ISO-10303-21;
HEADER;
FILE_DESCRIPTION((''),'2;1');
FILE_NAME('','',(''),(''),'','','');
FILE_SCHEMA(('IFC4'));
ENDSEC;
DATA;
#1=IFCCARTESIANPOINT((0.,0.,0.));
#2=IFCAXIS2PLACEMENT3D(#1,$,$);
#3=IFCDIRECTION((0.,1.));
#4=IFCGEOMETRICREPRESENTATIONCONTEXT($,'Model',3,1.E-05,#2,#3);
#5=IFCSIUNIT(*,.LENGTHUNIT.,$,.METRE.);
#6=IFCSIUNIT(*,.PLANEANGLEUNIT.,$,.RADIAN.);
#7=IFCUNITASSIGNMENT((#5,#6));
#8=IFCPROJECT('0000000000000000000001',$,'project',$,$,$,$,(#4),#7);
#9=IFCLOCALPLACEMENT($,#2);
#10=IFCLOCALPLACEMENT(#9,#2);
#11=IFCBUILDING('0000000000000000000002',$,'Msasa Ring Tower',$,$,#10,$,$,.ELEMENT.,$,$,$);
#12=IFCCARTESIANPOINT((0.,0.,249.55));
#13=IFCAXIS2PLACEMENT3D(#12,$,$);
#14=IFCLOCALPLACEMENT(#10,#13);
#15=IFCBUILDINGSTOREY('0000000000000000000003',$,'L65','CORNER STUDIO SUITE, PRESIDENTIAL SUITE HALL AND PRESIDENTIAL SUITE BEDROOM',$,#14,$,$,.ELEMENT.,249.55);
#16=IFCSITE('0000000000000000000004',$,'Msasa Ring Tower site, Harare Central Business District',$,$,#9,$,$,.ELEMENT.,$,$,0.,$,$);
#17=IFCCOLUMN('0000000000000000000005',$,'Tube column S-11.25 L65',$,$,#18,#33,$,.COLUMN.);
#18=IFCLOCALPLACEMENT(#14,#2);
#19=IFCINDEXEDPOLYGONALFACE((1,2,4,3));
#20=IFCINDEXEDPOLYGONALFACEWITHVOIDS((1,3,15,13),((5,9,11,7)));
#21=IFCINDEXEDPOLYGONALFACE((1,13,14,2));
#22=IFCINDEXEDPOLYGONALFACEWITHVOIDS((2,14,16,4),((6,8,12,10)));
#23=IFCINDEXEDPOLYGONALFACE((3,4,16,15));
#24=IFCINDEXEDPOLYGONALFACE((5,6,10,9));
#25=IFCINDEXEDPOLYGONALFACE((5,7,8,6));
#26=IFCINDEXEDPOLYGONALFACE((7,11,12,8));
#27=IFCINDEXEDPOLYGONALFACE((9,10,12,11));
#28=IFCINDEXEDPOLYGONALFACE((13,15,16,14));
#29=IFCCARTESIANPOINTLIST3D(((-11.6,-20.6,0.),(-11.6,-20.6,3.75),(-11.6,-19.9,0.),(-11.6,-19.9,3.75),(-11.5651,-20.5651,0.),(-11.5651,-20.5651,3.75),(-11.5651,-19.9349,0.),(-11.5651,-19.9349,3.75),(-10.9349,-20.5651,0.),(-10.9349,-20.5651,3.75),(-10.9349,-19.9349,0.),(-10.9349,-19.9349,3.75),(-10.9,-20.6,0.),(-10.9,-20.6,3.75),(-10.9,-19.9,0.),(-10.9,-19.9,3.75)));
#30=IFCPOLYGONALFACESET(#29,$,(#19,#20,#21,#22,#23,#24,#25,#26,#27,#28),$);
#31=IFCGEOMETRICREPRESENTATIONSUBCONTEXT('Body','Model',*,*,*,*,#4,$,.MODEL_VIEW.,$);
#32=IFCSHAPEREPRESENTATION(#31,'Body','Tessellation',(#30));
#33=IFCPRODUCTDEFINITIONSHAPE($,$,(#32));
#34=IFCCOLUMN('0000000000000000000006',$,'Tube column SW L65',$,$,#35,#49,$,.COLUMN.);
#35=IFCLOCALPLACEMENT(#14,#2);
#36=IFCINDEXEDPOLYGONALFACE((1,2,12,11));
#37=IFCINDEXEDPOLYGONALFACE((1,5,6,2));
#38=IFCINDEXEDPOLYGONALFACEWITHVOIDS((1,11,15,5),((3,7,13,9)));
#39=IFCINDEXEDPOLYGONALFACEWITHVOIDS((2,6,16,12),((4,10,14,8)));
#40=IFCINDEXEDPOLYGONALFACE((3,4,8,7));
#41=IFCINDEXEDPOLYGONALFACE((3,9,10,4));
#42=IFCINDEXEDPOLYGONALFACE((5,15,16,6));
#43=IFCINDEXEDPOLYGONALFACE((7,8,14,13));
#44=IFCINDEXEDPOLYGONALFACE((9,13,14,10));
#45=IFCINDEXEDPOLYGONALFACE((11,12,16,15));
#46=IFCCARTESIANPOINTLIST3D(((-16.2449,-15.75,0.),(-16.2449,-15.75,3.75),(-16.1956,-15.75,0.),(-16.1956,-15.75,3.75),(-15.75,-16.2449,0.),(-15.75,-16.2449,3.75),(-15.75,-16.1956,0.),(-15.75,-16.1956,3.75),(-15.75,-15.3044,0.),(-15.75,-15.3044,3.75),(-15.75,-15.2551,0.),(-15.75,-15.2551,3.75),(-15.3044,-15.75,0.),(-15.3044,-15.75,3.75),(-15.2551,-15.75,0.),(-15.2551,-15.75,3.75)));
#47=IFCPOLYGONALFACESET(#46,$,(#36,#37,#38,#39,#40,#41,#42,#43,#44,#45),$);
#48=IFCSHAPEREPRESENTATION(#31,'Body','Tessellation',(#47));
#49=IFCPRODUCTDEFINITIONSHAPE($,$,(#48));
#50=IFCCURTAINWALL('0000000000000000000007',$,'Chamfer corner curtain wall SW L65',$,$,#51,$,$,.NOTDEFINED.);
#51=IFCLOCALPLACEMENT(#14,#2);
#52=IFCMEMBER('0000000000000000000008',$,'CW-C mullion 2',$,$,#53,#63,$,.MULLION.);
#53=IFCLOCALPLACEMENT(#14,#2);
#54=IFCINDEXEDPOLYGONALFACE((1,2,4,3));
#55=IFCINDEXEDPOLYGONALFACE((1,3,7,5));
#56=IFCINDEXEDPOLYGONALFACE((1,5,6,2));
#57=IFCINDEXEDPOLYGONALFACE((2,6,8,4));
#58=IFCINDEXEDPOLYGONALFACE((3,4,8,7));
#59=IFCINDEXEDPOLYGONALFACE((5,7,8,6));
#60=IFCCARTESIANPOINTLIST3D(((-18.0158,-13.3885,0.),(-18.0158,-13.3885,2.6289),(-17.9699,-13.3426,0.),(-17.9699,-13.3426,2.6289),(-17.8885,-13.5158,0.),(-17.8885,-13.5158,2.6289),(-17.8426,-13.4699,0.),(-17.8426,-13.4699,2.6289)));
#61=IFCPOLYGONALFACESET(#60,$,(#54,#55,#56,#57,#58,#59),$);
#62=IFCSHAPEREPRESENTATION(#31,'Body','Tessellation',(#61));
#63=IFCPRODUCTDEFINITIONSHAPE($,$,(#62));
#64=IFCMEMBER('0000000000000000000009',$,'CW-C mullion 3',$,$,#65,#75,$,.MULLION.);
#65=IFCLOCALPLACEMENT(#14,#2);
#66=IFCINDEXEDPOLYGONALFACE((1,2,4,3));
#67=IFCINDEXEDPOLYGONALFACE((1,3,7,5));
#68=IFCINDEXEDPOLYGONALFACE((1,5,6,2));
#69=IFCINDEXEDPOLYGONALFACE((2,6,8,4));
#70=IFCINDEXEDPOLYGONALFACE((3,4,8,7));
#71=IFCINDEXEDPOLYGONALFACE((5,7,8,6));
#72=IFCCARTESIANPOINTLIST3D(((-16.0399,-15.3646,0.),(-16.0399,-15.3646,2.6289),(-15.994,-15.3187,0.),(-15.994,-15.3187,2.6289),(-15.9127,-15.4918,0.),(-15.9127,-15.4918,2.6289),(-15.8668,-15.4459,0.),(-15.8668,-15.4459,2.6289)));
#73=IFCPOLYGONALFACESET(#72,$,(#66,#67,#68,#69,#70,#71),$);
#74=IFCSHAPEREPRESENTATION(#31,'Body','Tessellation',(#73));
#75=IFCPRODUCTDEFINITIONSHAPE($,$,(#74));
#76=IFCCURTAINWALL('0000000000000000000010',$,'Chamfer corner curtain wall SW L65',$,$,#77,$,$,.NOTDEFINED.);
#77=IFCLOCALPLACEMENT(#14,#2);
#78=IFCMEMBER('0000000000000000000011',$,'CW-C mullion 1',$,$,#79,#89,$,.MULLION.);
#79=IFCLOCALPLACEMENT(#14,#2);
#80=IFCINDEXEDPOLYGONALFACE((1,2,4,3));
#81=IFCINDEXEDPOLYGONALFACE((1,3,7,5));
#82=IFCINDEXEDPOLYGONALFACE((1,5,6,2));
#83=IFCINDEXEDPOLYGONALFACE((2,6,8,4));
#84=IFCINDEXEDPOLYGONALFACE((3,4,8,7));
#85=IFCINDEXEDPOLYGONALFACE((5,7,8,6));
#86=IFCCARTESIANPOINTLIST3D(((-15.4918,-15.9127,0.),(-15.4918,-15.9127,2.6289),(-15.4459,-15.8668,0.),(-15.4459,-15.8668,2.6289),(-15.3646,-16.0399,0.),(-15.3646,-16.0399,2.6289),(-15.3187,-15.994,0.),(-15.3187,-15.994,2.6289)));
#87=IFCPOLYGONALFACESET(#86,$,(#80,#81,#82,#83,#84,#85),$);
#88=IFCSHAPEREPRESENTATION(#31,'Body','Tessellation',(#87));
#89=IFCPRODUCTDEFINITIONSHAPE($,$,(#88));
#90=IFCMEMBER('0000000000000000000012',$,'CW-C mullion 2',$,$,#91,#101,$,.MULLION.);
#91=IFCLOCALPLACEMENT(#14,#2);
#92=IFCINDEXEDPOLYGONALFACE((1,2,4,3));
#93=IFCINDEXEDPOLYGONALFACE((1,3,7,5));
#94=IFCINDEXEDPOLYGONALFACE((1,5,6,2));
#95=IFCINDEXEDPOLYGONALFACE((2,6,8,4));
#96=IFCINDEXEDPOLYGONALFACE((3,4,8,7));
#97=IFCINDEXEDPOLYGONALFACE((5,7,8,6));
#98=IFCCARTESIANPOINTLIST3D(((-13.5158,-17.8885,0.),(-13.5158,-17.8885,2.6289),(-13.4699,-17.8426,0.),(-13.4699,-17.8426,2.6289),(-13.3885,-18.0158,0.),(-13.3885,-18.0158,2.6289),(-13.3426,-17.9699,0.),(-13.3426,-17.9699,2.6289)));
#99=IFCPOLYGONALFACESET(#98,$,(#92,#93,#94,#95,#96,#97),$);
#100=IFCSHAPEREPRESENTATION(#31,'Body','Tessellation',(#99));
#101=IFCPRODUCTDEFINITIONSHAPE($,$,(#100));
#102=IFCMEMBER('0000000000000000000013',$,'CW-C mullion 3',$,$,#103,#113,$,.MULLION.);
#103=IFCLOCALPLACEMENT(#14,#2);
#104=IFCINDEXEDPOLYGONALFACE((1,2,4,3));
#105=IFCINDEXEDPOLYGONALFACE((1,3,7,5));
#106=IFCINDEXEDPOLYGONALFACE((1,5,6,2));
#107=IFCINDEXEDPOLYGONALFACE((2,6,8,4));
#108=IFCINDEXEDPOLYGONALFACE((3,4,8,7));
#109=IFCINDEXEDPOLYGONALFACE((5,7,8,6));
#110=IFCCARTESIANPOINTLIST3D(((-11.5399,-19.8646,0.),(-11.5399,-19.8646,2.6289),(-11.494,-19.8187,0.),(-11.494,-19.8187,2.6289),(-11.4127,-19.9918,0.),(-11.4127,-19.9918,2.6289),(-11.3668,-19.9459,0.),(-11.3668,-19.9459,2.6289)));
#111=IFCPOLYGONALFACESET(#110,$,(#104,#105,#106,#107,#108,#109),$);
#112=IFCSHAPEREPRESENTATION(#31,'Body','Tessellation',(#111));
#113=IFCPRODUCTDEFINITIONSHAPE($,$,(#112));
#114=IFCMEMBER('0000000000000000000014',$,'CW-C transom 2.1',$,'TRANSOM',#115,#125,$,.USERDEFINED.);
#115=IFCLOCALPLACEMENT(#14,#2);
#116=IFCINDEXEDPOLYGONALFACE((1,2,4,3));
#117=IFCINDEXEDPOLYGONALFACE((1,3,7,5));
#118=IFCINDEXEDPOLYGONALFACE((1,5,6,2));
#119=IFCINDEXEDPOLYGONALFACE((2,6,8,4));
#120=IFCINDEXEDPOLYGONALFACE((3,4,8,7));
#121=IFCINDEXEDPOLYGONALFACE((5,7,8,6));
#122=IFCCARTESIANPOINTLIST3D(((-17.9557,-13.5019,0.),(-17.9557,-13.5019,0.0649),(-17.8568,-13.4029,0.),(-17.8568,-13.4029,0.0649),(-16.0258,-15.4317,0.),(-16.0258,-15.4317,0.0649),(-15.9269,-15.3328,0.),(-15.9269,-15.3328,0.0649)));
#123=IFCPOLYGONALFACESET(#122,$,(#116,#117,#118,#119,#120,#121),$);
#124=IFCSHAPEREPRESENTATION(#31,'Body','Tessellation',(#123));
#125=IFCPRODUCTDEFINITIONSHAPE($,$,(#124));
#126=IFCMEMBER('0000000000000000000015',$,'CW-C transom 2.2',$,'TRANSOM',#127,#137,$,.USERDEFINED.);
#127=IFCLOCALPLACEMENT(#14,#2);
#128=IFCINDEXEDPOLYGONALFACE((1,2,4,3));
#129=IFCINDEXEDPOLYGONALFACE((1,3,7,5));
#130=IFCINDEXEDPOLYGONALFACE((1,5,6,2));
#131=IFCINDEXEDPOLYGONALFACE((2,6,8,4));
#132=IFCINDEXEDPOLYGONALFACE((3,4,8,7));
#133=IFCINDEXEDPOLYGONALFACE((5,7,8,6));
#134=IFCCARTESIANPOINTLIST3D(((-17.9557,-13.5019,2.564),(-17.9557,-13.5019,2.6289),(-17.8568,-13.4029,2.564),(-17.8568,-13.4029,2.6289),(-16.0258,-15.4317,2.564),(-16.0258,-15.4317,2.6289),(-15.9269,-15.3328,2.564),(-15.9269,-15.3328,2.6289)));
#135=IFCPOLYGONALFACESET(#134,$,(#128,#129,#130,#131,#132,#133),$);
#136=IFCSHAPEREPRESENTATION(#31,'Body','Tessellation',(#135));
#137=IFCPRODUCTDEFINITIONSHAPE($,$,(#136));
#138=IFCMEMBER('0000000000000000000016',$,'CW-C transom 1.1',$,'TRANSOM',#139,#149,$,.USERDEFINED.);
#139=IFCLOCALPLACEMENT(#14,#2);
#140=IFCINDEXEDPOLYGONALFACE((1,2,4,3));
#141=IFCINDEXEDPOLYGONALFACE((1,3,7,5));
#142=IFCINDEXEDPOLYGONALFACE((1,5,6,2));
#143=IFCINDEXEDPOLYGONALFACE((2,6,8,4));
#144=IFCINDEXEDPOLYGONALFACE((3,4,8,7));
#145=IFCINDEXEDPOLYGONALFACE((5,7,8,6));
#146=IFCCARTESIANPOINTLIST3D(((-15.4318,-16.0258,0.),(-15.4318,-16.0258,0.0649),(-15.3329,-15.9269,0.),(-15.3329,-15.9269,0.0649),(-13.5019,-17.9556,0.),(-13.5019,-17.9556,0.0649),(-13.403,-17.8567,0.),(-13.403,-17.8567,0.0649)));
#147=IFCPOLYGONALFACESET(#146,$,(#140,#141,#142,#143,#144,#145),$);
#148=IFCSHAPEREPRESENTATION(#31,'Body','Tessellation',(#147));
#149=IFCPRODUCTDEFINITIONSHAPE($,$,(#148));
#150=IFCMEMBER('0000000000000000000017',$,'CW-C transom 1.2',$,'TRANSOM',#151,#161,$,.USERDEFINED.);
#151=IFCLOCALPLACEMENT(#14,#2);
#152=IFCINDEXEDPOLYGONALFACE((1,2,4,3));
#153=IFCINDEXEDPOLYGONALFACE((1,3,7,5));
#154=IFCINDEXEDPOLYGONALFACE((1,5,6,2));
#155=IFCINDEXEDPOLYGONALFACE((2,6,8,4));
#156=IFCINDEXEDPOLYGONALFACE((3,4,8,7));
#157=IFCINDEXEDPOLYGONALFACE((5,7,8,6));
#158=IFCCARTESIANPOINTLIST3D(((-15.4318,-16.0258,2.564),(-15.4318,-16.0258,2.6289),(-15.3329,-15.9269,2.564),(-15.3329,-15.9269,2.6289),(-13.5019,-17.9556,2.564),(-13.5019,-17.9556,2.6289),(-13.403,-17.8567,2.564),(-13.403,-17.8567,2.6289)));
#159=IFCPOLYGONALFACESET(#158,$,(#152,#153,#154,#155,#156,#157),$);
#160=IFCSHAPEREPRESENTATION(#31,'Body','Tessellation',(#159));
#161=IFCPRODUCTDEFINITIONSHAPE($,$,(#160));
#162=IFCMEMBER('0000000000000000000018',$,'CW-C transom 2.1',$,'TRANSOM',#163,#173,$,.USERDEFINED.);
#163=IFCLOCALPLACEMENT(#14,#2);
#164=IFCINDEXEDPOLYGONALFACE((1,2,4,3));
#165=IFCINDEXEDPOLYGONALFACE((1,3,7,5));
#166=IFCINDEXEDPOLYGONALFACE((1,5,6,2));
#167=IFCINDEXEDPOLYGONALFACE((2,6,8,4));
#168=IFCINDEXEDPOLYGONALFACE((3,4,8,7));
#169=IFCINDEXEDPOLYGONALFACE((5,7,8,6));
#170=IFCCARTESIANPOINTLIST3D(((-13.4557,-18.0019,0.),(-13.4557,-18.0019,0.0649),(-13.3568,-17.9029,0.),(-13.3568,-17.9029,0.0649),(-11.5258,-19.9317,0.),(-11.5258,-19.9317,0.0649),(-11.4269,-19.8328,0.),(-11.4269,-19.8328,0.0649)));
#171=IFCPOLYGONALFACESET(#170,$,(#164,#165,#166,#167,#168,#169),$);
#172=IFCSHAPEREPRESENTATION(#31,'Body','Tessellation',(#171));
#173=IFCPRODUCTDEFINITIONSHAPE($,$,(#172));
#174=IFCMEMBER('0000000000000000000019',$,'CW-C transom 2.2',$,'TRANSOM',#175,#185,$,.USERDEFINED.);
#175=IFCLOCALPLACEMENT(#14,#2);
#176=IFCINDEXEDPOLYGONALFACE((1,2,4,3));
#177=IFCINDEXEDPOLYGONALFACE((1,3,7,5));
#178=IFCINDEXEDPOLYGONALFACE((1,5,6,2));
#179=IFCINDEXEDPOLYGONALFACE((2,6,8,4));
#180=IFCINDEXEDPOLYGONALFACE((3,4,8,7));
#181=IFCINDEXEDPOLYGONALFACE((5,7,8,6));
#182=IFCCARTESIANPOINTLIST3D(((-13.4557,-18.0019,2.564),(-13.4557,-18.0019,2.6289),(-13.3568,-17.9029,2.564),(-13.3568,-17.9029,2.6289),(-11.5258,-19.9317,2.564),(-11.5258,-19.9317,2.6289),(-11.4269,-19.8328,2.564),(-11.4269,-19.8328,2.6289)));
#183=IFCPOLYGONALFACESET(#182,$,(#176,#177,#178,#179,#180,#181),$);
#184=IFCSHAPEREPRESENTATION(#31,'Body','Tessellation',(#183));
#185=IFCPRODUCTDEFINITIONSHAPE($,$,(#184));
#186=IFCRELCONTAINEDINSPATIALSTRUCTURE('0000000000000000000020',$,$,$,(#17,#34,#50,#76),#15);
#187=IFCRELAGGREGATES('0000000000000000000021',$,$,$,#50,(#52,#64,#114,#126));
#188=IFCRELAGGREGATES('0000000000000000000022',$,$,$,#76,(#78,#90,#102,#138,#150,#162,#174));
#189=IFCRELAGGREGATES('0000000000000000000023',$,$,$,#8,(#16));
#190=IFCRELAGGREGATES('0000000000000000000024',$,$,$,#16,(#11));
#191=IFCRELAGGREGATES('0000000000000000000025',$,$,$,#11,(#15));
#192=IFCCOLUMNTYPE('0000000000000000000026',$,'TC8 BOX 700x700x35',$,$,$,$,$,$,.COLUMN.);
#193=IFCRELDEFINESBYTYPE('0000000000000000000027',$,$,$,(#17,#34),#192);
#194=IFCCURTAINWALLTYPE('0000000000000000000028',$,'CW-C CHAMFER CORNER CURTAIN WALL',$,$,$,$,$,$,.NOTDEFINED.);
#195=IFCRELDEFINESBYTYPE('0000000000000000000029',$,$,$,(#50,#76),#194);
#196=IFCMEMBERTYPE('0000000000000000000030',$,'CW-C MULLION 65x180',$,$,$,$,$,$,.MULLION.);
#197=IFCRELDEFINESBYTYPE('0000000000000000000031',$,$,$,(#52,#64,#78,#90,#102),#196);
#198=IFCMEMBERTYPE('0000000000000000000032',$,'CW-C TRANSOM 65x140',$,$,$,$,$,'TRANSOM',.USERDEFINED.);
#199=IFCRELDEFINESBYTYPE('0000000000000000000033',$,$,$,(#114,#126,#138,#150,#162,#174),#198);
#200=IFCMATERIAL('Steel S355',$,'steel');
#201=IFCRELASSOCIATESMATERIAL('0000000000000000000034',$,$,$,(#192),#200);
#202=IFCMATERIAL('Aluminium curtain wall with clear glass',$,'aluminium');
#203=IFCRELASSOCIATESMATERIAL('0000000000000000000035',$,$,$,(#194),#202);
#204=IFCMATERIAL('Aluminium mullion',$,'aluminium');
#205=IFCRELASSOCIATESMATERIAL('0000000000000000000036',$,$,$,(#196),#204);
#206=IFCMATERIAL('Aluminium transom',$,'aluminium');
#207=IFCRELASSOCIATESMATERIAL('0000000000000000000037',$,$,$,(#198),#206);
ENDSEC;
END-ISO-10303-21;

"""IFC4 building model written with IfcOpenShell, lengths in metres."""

from ifc_helpers import new_model, si_unit, direction, frame, origin, origin_2d, place, context, subcontext, project, spatial, rectangle, hollow_rectangle, extrude, material, material_profile, profile_set, type_object, element, aggregate, save


model = new_model("IFC4")

# Units and contexts
model_context = context("Model", 3, precision=1e-05, world=origin(), true_north=direction((0.0, 1.0)))
body_context = subcontext(model_context, "Body", "Model", "MODEL_VIEW")
ifc_project = project(units=[si_unit("LENGTHUNIT", "METRE"), si_unit("PLANEANGLEUNIT", "RADIAN")], contexts=[model_context])

# Site, building, storey
site_placement = place(None, origin())
site = spatial("IfcSite", under=ifc_project, at=site_placement, Name="Msasa Ring Tower site, Harare Central Business District", CompositionType="ELEMENT", RefElevation=0.0)
building_placement = place(site_placement, origin())
building = spatial("IfcBuilding", under=site, at=building_placement, Name="Msasa Ring Tower", CompositionType="ELEMENT")
storey_placement = place(building_placement, frame((0.0, 0.0, 249.55)))
storey = spatial("IfcBuildingStorey", under=building, at=storey_placement, Name="L65", Description="CORNER STUDIO SUITE, PRESIDENTIAL SUITE HALL AND PRESIDENTIAL SUITE BEDROOM", CompositionType="ELEMENT", Elevation=249.55)

# Columns
ifc_material_1 = material(Name="Steel S355", Category="steel")
ifc_material_profile_1 = material_profile(ifc_material_1, hollow_rectangle(XDim=0.7, YDim=0.7, WallThickness=0.0349, at=origin_2d()), Name="BOX 700x700x35")
ifc_profile_set_1 = profile_set([ifc_material_profile_1], Name="Steel S355")
column_type = type_object("IfcColumnType", Name="TC8 BOX 700x700x35", PredefinedType="COLUMN", material=ifc_profile_set_1)
for number, where, z_axis, x_axis, name in (
    (1, (-11.25, -20.25, 0.0), (0.0, 0.0, 1.0), (0.0, 1.0, 0.0), "Tube column S-11.25 L65"),
    (2, (-15.75, -15.75, 0.0), (0.0, 0.0, 1.0), (0.707107, 0.707107, 0.0), "Tube column SW L65"),
):
    element("IfcColumn", number, at=place(storey_placement, frame(where, z_axis=z_axis, x_axis=x_axis)), inside=storey, type_object=column_type, Name=name, PredefinedType="COLUMN", context=body_context, shape_type="SweptSolid", body=[
        extrude(hollow_rectangle(XDim=0.7, YDim=0.7, WallThickness=0.0349, at=origin_2d()), origin(), (0.0, 0.0, 1.0), 3.75),
    ])

# Curtain walls, members
ifc_material_2 = material(Name="Aluminium curtain wall with clear glass", Category="aluminium")
curtain_wall_type = type_object("IfcCurtainWallType", Name="CW-C CHAMFER CORNER CURTAIN WALL", PredefinedType="NOTDEFINED", material=ifc_material_2)
curtain_wall_1_placement = place(storey_placement, origin())
curtain_wall_1 = element("IfcCurtainWall", 3, at=curtain_wall_1_placement, inside=storey, type_object=curtain_wall_type, Name="Chamfer corner curtain wall SW L65", PredefinedType="NOTDEFINED")
ifc_material_3 = material(Name="Aluminium mullion", Category="aluminium")
ifc_material_profile_2 = material_profile(ifc_material_3, rectangle(XDim=0.0649, YDim=0.1799, at=origin_2d()), Name="AL 65x180")
ifc_profile_set_2 = profile_set([ifc_material_profile_2], Name="Aluminium mullion")
member_type_1 = type_object("IfcMemberType", Name="CW-C MULLION 65x180", PredefinedType="MULLION", material=ifc_profile_set_2)
member_1_placement = place(storey_placement, frame((-17.9292, -13.4292, 0.0), z_axis=(0.0, 0.0, 1.0), x_axis=(0.707107, 0.707107, 0.0)))
member_1 = element("IfcMember", 4, at=member_1_placement, type_object=member_type_1, Name="CW-C mullion 2", PredefinedType="MULLION", context=body_context, shape_type="SweptSolid", body=[
    extrude(rectangle(XDim=0.0649, YDim=0.1799, at=origin_2d()), origin(), (0.0, 0.0, 1.0), 2.6289),
])
member_2_placement = place(storey_placement, frame((-15.9534, -15.4053, 0.0), z_axis=(0.0, 0.0, 1.0), x_axis=(0.707107, 0.707107, 0.0)))
member_2 = element("IfcMember", 5, at=member_2_placement, type_object=member_type_1, Name="CW-C mullion 3", PredefinedType="MULLION", context=body_context, shape_type="SweptSolid", body=[
    extrude(rectangle(XDim=0.0649, YDim=0.1799, at=origin_2d()), origin(), (0.0, 0.0, 1.0), 2.6289),
])
curtain_wall_2_placement = place(storey_placement, origin())
curtain_wall_2 = element("IfcCurtainWall", 6, at=curtain_wall_2_placement, inside=storey, type_object=curtain_wall_type, Name="Chamfer corner curtain wall SW L65", PredefinedType="NOTDEFINED")
member_3_placement = place(storey_placement, frame((-15.4053, -15.9534, 0.0), z_axis=(0.0, 0.0, 1.0), x_axis=(0.707107, 0.707107, 0.0)))
member_3 = element("IfcMember", 7, at=member_3_placement, type_object=member_type_1, Name="CW-C mullion 1", PredefinedType="MULLION", context=body_context, shape_type="SweptSolid", body=[
    extrude(rectangle(XDim=0.0649, YDim=0.1799, at=origin_2d()), origin(), (0.0, 0.0, 1.0), 2.6289),
])
member_4_placement = place(storey_placement, frame((-13.4292, -17.9292, 0.0), z_axis=(0.0, 0.0, 1.0), x_axis=(0.707107, 0.707107, 0.0)))
member_4 = element("IfcMember", 8, at=member_4_placement, type_object=member_type_1, Name="CW-C mullion 2", PredefinedType="MULLION", context=body_context, shape_type="SweptSolid", body=[
    extrude(rectangle(XDim=0.0649, YDim=0.1799, at=origin_2d()), origin(), (0.0, 0.0, 1.0), 2.6289),
])
member_5_placement = place(storey_placement, frame((-11.4534, -19.9053, 0.0), z_axis=(0.0, 0.0, 1.0), x_axis=(0.707107, 0.707107, 0.0)))
member_5 = element("IfcMember", 9, at=member_5_placement, type_object=member_type_1, Name="CW-C mullion 3", PredefinedType="MULLION", context=body_context, shape_type="SweptSolid", body=[
    extrude(rectangle(XDim=0.0649, YDim=0.1799, at=origin_2d()), origin(), (0.0, 0.0, 1.0), 2.6289),
])

# Members
ifc_material_4 = material(Name="Aluminium transom", Category="aluminium")
ifc_material_profile_3 = material_profile(ifc_material_4, rectangle(XDim=0.1399, YDim=0.0649, at=origin_2d()), Name="AL 65x140")
ifc_profile_set_3 = profile_set([ifc_material_profile_3], Name="Aluminium transom")
member_type_2 = type_object("IfcMemberType", Name="CW-C TRANSOM 65x140", ElementType="TRANSOM", PredefinedType="USERDEFINED", material=ifc_profile_set_3)
member_6_placement = place(storey_placement, frame((-17.9062, -13.4524, 0.0325), z_axis=(0.707107, -0.707107, 0.0), x_axis=(0.707107, 0.707107, 0.0)))
member_6 = element("IfcMember", 10, at=member_6_placement, type_object=member_type_2, Name="CW-C transom 2.1", ObjectType="TRANSOM", PredefinedType="USERDEFINED", context=body_context, shape_type="SweptSolid", body=[
    extrude(rectangle(XDim=0.1399, YDim=0.0649, at=origin_2d()), origin(), (0.0, 0.0, 1.0), 2.7292),
])
member_7_placement = place(storey_placement, frame((-17.9062, -13.4524, 2.5964), z_axis=(0.707107, -0.707107, 0.0), x_axis=(0.707107, 0.707107, 0.0)))
member_7 = element("IfcMember", 11, at=member_7_placement, type_object=member_type_2, Name="CW-C transom 2.2", ObjectType="TRANSOM", PredefinedType="USERDEFINED", context=body_context, shape_type="SweptSolid", body=[
    extrude(rectangle(XDim=0.1399, YDim=0.0649, at=origin_2d()), origin(), (0.0, 0.0, 1.0), 2.7292),
])
member_8_placement = place(storey_placement, frame((-15.3823, -15.9763, 0.0325), z_axis=(0.707107, -0.707107, 0.0), x_axis=(0.707107, 0.707107, 0.0)))
member_8 = element("IfcMember", 12, at=member_8_placement, type_object=member_type_2, Name="CW-C transom 1.1", ObjectType="TRANSOM", PredefinedType="USERDEFINED", context=body_context, shape_type="SweptSolid", body=[
    extrude(rectangle(XDim=0.1399, YDim=0.0649, at=origin_2d()), origin(), (0.0, 0.0, 1.0), 2.7292),
])
member_9_placement = place(storey_placement, frame((-15.3823, -15.9763, 2.5964), z_axis=(0.707107, -0.707107, 0.0), x_axis=(0.707107, 0.707107, 0.0)))
member_9 = element("IfcMember", 13, at=member_9_placement, type_object=member_type_2, Name="CW-C transom 1.2", ObjectType="TRANSOM", PredefinedType="USERDEFINED", context=body_context, shape_type="SweptSolid", body=[
    extrude(rectangle(XDim=0.1399, YDim=0.0649, at=origin_2d()), origin(), (0.0, 0.0, 1.0), 2.7292),
])
member_10_placement = place(storey_placement, frame((-13.4062, -17.9524, 0.0325), z_axis=(0.707107, -0.707107, 0.0), x_axis=(0.707107, 0.707107, 0.0)))
member_10 = element("IfcMember", 14, at=member_10_placement, type_object=member_type_2, Name="CW-C transom 2.1", ObjectType="TRANSOM", PredefinedType="USERDEFINED", context=body_context, shape_type="SweptSolid", body=[
    extrude(rectangle(XDim=0.1399, YDim=0.0649, at=origin_2d()), origin(), (0.0, 0.0, 1.0), 2.7292),
])
member_11_placement = place(storey_placement, frame((-13.4062, -17.9524, 2.5964), z_axis=(0.707107, -0.707107, 0.0), x_axis=(0.707107, 0.707107, 0.0)))
member_11 = element("IfcMember", 15, at=member_11_placement, type_object=member_type_2, Name="CW-C transom 2.2", ObjectType="TRANSOM", PredefinedType="USERDEFINED", context=body_context, shape_type="SweptSolid", body=[
    extrude(rectangle(XDim=0.1399, YDim=0.0649, at=origin_2d()), origin(), (0.0, 0.0, 1.0), 2.7292),
])

aggregate(curtain_wall_1, [member_1, member_2, member_6, member_7])
aggregate(curtain_wall_2, [member_3, member_4, member_5, member_8, member_9, member_10, member_11])

save(model, "model.ifc")
